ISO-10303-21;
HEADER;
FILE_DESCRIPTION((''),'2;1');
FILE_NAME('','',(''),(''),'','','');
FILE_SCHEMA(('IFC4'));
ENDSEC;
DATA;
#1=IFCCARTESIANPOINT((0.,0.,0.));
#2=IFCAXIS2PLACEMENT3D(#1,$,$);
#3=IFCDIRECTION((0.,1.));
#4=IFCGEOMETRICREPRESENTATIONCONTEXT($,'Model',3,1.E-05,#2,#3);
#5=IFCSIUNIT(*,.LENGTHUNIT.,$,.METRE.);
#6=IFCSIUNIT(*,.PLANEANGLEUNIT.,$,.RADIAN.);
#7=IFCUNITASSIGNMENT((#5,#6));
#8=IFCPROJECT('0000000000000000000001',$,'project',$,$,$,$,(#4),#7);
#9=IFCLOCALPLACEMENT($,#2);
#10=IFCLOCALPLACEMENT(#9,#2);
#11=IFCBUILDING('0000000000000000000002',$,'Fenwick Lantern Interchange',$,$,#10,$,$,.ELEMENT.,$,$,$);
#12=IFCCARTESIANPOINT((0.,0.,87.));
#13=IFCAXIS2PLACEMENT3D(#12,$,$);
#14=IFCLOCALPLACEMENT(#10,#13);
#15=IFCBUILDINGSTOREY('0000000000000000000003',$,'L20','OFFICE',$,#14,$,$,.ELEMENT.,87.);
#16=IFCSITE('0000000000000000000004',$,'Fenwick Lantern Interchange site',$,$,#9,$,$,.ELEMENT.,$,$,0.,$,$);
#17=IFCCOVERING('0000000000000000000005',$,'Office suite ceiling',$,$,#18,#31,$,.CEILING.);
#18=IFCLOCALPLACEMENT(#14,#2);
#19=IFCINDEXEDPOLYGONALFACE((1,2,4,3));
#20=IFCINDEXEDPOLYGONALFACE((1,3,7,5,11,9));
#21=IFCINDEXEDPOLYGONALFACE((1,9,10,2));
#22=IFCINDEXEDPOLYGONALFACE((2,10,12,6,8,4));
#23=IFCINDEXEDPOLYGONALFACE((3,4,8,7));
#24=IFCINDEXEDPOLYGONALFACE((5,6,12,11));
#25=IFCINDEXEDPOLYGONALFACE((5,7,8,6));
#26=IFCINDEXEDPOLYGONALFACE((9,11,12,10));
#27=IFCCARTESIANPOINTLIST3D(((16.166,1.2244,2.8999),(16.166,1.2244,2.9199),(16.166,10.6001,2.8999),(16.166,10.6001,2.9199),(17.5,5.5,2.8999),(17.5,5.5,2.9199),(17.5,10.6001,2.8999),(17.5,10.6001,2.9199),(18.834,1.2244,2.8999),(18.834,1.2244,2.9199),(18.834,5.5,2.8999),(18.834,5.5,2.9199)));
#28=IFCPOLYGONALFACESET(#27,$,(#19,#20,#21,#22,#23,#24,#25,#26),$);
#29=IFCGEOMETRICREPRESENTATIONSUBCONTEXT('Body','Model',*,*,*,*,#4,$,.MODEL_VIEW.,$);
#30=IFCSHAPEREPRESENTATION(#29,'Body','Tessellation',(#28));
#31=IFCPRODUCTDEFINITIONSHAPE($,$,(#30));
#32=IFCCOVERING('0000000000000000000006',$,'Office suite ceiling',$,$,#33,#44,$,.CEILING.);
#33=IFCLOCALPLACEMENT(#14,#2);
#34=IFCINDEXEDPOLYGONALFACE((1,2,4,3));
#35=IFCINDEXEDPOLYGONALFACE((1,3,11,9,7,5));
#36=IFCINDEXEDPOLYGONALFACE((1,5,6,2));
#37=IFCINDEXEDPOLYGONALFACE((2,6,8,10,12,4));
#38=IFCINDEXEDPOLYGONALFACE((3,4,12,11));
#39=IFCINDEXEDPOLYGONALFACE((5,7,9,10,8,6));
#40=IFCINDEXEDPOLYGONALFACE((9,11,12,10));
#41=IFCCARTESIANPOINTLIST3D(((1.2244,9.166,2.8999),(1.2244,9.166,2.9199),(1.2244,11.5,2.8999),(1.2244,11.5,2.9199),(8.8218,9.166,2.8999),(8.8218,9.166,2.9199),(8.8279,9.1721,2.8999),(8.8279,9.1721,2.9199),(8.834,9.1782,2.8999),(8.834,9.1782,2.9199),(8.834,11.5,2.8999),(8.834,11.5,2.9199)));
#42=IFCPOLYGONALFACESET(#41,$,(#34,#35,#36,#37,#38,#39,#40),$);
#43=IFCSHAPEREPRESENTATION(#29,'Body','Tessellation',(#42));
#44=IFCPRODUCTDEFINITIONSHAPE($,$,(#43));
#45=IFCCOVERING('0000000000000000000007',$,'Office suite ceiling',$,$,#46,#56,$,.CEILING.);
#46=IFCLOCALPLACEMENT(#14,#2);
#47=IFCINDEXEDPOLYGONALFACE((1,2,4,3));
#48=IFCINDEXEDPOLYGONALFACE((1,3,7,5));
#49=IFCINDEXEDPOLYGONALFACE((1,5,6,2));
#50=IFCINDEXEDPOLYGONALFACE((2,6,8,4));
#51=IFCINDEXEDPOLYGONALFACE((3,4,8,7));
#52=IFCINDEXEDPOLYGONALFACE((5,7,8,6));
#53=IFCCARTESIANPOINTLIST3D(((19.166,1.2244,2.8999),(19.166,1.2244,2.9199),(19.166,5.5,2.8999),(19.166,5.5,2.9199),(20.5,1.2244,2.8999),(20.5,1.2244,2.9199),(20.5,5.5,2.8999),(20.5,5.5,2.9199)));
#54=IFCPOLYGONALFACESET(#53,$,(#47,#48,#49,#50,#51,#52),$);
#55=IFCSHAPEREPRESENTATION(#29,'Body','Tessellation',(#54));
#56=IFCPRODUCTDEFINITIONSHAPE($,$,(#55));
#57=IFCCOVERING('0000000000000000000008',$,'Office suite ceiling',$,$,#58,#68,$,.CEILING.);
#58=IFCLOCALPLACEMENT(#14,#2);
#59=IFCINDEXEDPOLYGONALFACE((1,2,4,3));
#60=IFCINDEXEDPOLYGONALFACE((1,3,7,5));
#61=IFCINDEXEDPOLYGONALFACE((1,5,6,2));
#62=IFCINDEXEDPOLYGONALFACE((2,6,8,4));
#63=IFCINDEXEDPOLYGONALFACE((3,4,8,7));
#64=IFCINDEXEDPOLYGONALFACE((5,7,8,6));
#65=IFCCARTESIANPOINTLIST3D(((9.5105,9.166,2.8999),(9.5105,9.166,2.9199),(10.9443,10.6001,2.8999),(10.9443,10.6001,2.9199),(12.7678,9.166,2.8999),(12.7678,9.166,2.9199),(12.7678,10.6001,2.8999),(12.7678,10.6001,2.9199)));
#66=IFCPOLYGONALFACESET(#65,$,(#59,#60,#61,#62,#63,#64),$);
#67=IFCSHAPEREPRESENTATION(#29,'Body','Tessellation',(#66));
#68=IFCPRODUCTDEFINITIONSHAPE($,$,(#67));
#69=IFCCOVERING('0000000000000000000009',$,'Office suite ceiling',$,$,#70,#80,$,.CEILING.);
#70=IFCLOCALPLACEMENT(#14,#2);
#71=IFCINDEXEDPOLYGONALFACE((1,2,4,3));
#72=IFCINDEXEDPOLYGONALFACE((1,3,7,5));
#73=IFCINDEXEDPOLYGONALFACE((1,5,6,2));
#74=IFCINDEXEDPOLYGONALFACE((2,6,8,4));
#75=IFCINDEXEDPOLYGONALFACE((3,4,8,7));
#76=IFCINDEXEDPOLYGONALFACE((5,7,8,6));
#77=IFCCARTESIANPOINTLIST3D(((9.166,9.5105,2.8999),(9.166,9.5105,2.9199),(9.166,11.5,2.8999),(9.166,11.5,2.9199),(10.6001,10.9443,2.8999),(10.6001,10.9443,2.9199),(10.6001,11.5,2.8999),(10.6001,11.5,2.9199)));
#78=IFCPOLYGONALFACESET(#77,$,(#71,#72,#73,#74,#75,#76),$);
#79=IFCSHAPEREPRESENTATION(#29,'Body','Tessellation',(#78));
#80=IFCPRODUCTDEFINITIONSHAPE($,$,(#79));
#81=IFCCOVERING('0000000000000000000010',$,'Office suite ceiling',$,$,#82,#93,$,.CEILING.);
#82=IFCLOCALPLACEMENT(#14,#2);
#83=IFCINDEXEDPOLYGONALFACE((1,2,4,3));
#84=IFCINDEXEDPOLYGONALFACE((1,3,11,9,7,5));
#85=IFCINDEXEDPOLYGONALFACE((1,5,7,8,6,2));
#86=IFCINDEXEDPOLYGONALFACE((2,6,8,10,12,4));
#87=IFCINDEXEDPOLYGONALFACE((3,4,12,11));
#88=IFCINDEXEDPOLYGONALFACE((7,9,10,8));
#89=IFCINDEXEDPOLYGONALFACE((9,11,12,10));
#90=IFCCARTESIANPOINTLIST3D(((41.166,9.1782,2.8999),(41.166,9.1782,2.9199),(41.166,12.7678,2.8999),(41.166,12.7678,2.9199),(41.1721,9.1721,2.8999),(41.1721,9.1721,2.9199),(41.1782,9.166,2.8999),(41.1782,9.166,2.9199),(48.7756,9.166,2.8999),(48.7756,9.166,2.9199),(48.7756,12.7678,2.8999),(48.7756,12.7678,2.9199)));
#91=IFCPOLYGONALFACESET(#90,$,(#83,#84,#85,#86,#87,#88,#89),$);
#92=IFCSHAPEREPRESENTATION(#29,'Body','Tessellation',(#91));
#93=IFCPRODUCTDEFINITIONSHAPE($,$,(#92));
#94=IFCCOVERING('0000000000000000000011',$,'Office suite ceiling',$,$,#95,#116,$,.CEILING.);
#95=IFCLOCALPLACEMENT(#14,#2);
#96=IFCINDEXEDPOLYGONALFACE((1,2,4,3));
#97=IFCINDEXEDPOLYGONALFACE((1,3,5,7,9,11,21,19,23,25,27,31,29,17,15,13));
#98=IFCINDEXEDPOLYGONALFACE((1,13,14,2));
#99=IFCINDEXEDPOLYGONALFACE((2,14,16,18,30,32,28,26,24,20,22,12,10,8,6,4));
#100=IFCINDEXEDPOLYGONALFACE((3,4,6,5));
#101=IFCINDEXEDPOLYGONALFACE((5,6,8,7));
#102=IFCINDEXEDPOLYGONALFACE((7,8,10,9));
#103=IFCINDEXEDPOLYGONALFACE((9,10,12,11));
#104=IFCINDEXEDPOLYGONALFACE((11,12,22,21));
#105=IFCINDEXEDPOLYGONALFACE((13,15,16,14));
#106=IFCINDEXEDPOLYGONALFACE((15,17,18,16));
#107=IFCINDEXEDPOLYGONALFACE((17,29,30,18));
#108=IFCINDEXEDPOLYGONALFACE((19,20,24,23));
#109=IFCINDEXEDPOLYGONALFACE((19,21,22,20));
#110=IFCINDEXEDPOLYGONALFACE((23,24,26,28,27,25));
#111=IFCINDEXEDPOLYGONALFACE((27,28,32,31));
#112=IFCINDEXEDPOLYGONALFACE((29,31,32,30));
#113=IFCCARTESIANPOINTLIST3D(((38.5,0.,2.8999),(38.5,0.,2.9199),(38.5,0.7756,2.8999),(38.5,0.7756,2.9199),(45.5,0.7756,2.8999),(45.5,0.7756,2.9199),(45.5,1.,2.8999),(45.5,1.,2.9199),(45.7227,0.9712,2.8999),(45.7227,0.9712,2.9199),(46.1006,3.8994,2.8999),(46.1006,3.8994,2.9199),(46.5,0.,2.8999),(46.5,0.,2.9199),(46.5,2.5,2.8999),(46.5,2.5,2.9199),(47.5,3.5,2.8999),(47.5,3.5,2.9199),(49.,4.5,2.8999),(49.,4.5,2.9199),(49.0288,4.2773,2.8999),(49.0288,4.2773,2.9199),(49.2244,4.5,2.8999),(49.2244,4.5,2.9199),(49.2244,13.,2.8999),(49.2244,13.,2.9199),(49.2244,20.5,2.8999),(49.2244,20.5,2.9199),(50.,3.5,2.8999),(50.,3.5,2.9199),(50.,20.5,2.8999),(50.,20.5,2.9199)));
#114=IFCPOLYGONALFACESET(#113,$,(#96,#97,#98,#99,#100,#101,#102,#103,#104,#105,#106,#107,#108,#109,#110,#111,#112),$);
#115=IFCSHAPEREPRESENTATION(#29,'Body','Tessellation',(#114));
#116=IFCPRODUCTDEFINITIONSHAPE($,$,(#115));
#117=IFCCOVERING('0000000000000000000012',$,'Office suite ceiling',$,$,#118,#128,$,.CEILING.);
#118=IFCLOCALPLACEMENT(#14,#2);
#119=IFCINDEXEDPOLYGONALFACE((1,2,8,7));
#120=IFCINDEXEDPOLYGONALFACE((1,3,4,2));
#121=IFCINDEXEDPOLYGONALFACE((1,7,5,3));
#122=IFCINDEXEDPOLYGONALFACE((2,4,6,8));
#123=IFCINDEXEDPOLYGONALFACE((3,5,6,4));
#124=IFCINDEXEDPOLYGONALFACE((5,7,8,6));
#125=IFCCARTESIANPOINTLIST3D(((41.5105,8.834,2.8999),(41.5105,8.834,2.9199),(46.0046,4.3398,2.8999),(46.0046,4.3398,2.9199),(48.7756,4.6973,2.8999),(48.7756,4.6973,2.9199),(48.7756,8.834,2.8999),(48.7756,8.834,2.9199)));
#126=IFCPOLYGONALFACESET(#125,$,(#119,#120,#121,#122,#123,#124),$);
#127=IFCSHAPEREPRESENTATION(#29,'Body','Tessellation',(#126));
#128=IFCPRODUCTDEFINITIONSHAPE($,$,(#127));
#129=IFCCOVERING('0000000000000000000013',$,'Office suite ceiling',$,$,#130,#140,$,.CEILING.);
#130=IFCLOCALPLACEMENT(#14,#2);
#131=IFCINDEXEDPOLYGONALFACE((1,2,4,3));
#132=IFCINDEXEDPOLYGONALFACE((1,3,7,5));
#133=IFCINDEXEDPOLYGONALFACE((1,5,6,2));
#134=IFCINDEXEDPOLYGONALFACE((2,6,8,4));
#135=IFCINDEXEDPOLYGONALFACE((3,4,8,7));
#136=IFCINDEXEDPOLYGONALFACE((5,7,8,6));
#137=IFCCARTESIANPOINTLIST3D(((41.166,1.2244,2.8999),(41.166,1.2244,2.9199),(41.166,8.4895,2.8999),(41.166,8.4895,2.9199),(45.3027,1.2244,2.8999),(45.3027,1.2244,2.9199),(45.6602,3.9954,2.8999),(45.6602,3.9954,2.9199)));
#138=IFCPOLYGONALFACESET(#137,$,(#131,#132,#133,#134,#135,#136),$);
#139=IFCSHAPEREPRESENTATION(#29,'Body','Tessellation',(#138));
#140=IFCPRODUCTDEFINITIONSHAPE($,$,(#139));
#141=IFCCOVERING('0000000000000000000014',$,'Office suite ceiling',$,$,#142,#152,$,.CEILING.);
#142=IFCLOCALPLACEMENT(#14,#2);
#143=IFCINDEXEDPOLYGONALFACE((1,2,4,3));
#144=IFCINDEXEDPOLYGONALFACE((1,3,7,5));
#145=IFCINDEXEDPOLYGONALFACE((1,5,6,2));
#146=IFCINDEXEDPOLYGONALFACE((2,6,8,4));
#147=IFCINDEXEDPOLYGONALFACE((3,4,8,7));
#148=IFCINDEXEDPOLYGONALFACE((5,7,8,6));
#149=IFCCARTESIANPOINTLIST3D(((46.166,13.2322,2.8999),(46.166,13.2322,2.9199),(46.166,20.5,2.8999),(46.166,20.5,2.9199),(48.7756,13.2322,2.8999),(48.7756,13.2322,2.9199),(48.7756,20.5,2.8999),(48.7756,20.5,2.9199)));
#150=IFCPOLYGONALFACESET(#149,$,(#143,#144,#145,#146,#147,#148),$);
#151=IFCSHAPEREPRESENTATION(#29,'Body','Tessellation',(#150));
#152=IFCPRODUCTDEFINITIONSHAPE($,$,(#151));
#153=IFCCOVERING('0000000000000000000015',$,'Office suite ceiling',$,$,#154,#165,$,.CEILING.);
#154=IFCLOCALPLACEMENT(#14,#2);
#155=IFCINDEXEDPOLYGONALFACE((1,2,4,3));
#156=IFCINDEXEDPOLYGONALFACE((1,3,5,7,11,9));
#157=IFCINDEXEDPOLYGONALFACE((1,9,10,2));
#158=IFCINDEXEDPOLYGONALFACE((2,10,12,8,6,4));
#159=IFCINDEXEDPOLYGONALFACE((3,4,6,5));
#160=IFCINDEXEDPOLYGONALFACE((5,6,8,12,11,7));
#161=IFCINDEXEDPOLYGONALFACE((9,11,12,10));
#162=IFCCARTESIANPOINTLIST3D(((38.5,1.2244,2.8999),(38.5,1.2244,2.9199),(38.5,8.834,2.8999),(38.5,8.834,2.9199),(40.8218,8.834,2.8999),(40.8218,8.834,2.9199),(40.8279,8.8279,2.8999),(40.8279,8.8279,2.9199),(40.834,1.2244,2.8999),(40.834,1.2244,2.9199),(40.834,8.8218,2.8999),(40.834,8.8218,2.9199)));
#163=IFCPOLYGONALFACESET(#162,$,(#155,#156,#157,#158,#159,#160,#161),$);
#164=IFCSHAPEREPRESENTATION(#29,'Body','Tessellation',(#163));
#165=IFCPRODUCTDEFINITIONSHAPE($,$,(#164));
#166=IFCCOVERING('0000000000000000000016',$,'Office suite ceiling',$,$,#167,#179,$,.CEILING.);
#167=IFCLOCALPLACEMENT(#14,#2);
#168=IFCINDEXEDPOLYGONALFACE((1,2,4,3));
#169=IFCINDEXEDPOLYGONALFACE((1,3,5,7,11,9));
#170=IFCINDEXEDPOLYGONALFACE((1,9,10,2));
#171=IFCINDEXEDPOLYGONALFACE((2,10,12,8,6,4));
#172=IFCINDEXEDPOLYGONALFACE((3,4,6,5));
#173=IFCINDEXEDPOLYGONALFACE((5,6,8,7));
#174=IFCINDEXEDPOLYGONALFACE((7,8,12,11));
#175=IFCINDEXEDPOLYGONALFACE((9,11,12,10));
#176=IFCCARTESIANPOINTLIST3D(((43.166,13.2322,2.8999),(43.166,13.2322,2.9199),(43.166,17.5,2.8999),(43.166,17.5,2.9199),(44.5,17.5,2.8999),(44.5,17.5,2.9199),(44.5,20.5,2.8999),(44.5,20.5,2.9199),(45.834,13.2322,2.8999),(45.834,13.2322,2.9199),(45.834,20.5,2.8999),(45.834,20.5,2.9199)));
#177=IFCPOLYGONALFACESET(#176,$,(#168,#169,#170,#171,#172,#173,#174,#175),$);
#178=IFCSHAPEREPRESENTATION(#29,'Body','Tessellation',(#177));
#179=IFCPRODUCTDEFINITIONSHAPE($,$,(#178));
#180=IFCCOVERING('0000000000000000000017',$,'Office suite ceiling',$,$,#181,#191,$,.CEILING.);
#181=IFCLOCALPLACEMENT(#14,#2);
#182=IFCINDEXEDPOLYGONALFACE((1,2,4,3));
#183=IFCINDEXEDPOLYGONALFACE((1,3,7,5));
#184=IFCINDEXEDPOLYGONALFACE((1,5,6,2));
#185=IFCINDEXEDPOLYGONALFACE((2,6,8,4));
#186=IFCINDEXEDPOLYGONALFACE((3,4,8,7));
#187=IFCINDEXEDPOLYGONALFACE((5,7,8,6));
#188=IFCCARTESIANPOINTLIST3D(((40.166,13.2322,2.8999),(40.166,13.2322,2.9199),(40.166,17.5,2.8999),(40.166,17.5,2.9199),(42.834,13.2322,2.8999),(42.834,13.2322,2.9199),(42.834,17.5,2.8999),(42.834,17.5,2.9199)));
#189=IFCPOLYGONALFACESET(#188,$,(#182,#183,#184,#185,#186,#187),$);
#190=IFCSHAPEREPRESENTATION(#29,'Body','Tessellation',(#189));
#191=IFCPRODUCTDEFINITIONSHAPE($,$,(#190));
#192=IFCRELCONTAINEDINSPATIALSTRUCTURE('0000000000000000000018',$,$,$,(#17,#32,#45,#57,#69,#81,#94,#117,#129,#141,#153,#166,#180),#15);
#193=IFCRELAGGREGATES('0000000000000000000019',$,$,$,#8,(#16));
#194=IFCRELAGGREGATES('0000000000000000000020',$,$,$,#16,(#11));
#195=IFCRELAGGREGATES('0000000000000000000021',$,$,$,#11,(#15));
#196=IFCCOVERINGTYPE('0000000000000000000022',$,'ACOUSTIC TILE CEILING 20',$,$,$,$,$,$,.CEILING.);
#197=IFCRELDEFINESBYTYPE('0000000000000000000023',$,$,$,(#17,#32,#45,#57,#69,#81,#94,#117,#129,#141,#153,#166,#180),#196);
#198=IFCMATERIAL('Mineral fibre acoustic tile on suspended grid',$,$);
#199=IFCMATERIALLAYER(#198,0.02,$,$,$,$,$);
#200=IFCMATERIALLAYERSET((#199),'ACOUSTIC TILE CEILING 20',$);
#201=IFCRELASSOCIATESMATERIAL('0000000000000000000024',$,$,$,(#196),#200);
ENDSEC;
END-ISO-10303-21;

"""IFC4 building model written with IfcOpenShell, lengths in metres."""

from ifc_helpers import new_model, si_unit, direction, frame, origin, place, context, subcontext, project, spatial, polyline, outline, extrude, material, layer, layer_set, type_object, element, save


model = new_model("IFC4")

# Units and contexts
model_context = context("Model", 3, precision=1e-05, world=origin(), true_north=direction((0.0, 1.0)))
body_context = subcontext(model_context, "Body", "Model", "MODEL_VIEW")
ifc_project = project(units=[si_unit("LENGTHUNIT", "METRE"), si_unit("PLANEANGLEUNIT", "RADIAN")], contexts=[model_context])

# Site, building, storey
site_placement = place(None, origin())
site = spatial("IfcSite", under=ifc_project, at=site_placement, Name="Fenwick Lantern Interchange site", CompositionType="ELEMENT", RefElevation=0.0)
building_placement = place(site_placement, origin())
building = spatial("IfcBuilding", under=site, at=building_placement, Name="Fenwick Lantern Interchange", CompositionType="ELEMENT")
storey_placement = place(building_placement, frame((0.0, 0.0, 87.0)))
storey = spatial("IfcBuildingStorey", under=building, at=storey_placement, Name="L20", Description="OFFICE", CompositionType="ELEMENT", Elevation=87.0)

# Coverings
ifc_material = material(Name="Mineral fibre acoustic tile on suspended grid")
ifc_layer = layer(ifc_material, 0.02)
ifc_layer_set = layer_set([ifc_layer], Name="ACOUSTIC TILE CEILING 20")
covering_type = type_object("IfcCoveringType", Name="ACOUSTIC TILE CEILING 20", PredefinedType="CEILING", material=ifc_layer_set)
covering_1_placement = place(storey_placement, frame((0.0, 0.0, 2.8999)))
element("IfcCovering", 1, at=covering_1_placement, inside=storey, type_object=covering_type, Name="Office suite ceiling", PredefinedType="CEILING", context=body_context, shape_type="SweptSolid", body=[
    extrude(outline(polyline([(17.5, 10.6001), (16.166, 10.6001), (16.166, 1.2244), (18.834, 1.2244), (18.834, 5.5), (17.5, 5.5), (17.5, 10.6001)])), origin(), (0.0, 0.0, 1.0), 0.02),
])
covering_2_placement = place(storey_placement, frame((0.0, 0.0, 2.8999)))
element("IfcCovering", 2, at=covering_2_placement, inside=storey, type_object=covering_type, Name="Office suite ceiling", PredefinedType="CEILING", context=body_context, shape_type="SweptSolid", body=[
    extrude(outline(polyline([(8.834, 11.5), (1.2244, 11.5), (1.2244, 9.166), (8.8218, 9.166), (8.8279, 9.1721), (8.834, 9.1782), (8.834, 11.5)])), origin(), (0.0, 0.0, 1.0), 0.02),
])
covering_3_placement = place(storey_placement, frame((0.0, 0.0, 2.8999)))
element("IfcCovering", 3, at=covering_3_placement, inside=storey, type_object=covering_type, Name="Office suite ceiling", PredefinedType="CEILING", context=body_context, shape_type="SweptSolid", body=[
    extrude(outline(polyline([(20.5, 1.2244), (20.5, 5.5), (19.166, 5.5), (19.166, 1.2244), (20.5, 1.2244)])), origin(), (0.0, 0.0, 1.0), 0.02),
])
covering_4_placement = place(storey_placement, frame((0.0, 0.0, 2.8999)))
element("IfcCovering", 4, at=covering_4_placement, inside=storey, type_object=covering_type, Name="Office suite ceiling", PredefinedType="CEILING", context=body_context, shape_type="SweptSolid", body=[
    extrude(outline(polyline([(12.7678, 10.6001), (10.9443, 10.6001), (9.5105, 9.166), (12.7678, 9.166), (12.7678, 10.6001)])), origin(), (0.0, 0.0, 1.0), 0.02),
])
covering_5_placement = place(storey_placement, frame((0.0, 0.0, 2.8999)))
element("IfcCovering", 5, at=covering_5_placement, inside=storey, type_object=covering_type, Name="Office suite ceiling", PredefinedType="CEILING", context=body_context, shape_type="SweptSolid", body=[
    extrude(outline(polyline([(10.6001, 11.5), (9.166, 11.5), (9.166, 9.5105), (10.6001, 10.9443), (10.6001, 11.5)])), origin(), (0.0, 0.0, 1.0), 0.02),
])
covering_6_placement = place(storey_placement, frame((0.0, 0.0, 2.8999)))
element("IfcCovering", 6, at=covering_6_placement, inside=storey, type_object=covering_type, Name="Office suite ceiling", PredefinedType="CEILING", context=body_context, shape_type="SweptSolid", body=[
    extrude(outline(polyline([(48.7756, 12.7678), (41.166, 12.7678), (41.166, 9.1782), (41.1721, 9.1721), (41.1782, 9.166), (48.7756, 9.166), (48.7756, 12.7678)])), origin(), (0.0, 0.0, 1.0), 0.02),
])
covering_7_placement = place(storey_placement, frame((0.0, 0.0, 2.8999)))
element("IfcCovering", 7, at=covering_7_placement, inside=storey, type_object=covering_type, Name="Office suite ceiling", PredefinedType="CEILING", context=body_context, shape_type="SweptSolid", body=[
    extrude(outline(polyline([(50.0, 20.5), (49.2244, 20.5), (49.2244, 13.0), (49.2244, 4.5), (49.0, 4.5), (49.0288, 4.2773), (46.1006, 3.8994), (45.7227, 0.9712), (45.5, 1.0), (45.5, 0.7756), (38.5, 0.7756), (38.5, 0.0), (46.5, 0.0), (46.5, 2.5), (47.5, 3.5), (50.0, 3.5), (50.0, 20.5)])), origin(), (0.0, 0.0, 1.0), 0.02),
])
covering_8_placement = place(storey_placement, frame((0.0, 0.0, 2.8999)))
element("IfcCovering", 8, at=covering_8_placement, inside=storey, type_object=covering_type, Name="Office suite ceiling", PredefinedType="CEILING", context=body_context, shape_type="SweptSolid", body=[
    extrude(outline(polyline([(46.0046, 4.3398), (48.7756, 4.6973), (48.7756, 8.834), (41.5105, 8.834), (46.0046, 4.3398)])), origin(), (0.0, 0.0, 1.0), 0.02),
])
covering_9_placement = place(storey_placement, frame((0.0, 0.0, 2.8999)))
element("IfcCovering", 9, at=covering_9_placement, inside=storey, type_object=covering_type, Name="Office suite ceiling", PredefinedType="CEILING", context=body_context, shape_type="SweptSolid", body=[
    extrude(outline(polyline([(41.166, 8.4895), (41.166, 1.2244), (45.3027, 1.2244), (45.6602, 3.9954), (41.166, 8.4895)])), origin(), (0.0, 0.0, 1.0), 0.02),
])
covering_10_placement = place(storey_placement, frame((0.0, 0.0, 2.8999)))
element("IfcCovering", 10, at=covering_10_placement, inside=storey, type_object=covering_type, Name="Office suite ceiling", PredefinedType="CEILING", context=body_context, shape_type="SweptSolid", body=[
    extrude(outline(polyline([(48.7756, 20.5), (46.166, 20.5), (46.166, 13.2322), (48.7756, 13.2322), (48.7756, 20.5)])), origin(), (0.0, 0.0, 1.0), 0.02),
])
covering_11_placement = place(storey_placement, frame((0.0, 0.0, 2.8999)))
element("IfcCovering", 11, at=covering_11_placement, inside=storey, type_object=covering_type, Name="Office suite ceiling", PredefinedType="CEILING", context=body_context, shape_type="SweptSolid", body=[
    extrude(outline(polyline([(38.5, 8.834), (38.5, 1.2244), (40.834, 1.2244), (40.834, 8.8218), (40.8279, 8.8279), (40.8218, 8.834), (38.5, 8.834)])), origin(), (0.0, 0.0, 1.0), 0.02),
])
covering_12_placement = place(storey_placement, frame((0.0, 0.0, 2.8999)))
element("IfcCovering", 12, at=covering_12_placement, inside=storey, type_object=covering_type, Name="Office suite ceiling", PredefinedType="CEILING", context=body_context, shape_type="SweptSolid", body=[
    extrude(outline(polyline([(45.834, 20.5), (44.5, 20.5), (44.5, 17.5), (43.166, 17.5), (43.166, 13.2322), (45.834, 13.2322), (45.834, 20.5)])), origin(), (0.0, 0.0, 1.0), 0.02),
])
covering_13_placement = place(storey_placement, frame((0.0, 0.0, 2.8999)))
element("IfcCovering", 13, at=covering_13_placement, inside=storey, type_object=covering_type, Name="Office suite ceiling", PredefinedType="CEILING", context=body_context, shape_type="SweptSolid", body=[
    extrude(outline(polyline([(42.834, 17.5), (40.166, 17.5), (40.166, 13.2322), (42.834, 13.2322), (42.834, 17.5)])), origin(), (0.0, 0.0, 1.0), 0.02),
])

save(model, "model.ifc")
